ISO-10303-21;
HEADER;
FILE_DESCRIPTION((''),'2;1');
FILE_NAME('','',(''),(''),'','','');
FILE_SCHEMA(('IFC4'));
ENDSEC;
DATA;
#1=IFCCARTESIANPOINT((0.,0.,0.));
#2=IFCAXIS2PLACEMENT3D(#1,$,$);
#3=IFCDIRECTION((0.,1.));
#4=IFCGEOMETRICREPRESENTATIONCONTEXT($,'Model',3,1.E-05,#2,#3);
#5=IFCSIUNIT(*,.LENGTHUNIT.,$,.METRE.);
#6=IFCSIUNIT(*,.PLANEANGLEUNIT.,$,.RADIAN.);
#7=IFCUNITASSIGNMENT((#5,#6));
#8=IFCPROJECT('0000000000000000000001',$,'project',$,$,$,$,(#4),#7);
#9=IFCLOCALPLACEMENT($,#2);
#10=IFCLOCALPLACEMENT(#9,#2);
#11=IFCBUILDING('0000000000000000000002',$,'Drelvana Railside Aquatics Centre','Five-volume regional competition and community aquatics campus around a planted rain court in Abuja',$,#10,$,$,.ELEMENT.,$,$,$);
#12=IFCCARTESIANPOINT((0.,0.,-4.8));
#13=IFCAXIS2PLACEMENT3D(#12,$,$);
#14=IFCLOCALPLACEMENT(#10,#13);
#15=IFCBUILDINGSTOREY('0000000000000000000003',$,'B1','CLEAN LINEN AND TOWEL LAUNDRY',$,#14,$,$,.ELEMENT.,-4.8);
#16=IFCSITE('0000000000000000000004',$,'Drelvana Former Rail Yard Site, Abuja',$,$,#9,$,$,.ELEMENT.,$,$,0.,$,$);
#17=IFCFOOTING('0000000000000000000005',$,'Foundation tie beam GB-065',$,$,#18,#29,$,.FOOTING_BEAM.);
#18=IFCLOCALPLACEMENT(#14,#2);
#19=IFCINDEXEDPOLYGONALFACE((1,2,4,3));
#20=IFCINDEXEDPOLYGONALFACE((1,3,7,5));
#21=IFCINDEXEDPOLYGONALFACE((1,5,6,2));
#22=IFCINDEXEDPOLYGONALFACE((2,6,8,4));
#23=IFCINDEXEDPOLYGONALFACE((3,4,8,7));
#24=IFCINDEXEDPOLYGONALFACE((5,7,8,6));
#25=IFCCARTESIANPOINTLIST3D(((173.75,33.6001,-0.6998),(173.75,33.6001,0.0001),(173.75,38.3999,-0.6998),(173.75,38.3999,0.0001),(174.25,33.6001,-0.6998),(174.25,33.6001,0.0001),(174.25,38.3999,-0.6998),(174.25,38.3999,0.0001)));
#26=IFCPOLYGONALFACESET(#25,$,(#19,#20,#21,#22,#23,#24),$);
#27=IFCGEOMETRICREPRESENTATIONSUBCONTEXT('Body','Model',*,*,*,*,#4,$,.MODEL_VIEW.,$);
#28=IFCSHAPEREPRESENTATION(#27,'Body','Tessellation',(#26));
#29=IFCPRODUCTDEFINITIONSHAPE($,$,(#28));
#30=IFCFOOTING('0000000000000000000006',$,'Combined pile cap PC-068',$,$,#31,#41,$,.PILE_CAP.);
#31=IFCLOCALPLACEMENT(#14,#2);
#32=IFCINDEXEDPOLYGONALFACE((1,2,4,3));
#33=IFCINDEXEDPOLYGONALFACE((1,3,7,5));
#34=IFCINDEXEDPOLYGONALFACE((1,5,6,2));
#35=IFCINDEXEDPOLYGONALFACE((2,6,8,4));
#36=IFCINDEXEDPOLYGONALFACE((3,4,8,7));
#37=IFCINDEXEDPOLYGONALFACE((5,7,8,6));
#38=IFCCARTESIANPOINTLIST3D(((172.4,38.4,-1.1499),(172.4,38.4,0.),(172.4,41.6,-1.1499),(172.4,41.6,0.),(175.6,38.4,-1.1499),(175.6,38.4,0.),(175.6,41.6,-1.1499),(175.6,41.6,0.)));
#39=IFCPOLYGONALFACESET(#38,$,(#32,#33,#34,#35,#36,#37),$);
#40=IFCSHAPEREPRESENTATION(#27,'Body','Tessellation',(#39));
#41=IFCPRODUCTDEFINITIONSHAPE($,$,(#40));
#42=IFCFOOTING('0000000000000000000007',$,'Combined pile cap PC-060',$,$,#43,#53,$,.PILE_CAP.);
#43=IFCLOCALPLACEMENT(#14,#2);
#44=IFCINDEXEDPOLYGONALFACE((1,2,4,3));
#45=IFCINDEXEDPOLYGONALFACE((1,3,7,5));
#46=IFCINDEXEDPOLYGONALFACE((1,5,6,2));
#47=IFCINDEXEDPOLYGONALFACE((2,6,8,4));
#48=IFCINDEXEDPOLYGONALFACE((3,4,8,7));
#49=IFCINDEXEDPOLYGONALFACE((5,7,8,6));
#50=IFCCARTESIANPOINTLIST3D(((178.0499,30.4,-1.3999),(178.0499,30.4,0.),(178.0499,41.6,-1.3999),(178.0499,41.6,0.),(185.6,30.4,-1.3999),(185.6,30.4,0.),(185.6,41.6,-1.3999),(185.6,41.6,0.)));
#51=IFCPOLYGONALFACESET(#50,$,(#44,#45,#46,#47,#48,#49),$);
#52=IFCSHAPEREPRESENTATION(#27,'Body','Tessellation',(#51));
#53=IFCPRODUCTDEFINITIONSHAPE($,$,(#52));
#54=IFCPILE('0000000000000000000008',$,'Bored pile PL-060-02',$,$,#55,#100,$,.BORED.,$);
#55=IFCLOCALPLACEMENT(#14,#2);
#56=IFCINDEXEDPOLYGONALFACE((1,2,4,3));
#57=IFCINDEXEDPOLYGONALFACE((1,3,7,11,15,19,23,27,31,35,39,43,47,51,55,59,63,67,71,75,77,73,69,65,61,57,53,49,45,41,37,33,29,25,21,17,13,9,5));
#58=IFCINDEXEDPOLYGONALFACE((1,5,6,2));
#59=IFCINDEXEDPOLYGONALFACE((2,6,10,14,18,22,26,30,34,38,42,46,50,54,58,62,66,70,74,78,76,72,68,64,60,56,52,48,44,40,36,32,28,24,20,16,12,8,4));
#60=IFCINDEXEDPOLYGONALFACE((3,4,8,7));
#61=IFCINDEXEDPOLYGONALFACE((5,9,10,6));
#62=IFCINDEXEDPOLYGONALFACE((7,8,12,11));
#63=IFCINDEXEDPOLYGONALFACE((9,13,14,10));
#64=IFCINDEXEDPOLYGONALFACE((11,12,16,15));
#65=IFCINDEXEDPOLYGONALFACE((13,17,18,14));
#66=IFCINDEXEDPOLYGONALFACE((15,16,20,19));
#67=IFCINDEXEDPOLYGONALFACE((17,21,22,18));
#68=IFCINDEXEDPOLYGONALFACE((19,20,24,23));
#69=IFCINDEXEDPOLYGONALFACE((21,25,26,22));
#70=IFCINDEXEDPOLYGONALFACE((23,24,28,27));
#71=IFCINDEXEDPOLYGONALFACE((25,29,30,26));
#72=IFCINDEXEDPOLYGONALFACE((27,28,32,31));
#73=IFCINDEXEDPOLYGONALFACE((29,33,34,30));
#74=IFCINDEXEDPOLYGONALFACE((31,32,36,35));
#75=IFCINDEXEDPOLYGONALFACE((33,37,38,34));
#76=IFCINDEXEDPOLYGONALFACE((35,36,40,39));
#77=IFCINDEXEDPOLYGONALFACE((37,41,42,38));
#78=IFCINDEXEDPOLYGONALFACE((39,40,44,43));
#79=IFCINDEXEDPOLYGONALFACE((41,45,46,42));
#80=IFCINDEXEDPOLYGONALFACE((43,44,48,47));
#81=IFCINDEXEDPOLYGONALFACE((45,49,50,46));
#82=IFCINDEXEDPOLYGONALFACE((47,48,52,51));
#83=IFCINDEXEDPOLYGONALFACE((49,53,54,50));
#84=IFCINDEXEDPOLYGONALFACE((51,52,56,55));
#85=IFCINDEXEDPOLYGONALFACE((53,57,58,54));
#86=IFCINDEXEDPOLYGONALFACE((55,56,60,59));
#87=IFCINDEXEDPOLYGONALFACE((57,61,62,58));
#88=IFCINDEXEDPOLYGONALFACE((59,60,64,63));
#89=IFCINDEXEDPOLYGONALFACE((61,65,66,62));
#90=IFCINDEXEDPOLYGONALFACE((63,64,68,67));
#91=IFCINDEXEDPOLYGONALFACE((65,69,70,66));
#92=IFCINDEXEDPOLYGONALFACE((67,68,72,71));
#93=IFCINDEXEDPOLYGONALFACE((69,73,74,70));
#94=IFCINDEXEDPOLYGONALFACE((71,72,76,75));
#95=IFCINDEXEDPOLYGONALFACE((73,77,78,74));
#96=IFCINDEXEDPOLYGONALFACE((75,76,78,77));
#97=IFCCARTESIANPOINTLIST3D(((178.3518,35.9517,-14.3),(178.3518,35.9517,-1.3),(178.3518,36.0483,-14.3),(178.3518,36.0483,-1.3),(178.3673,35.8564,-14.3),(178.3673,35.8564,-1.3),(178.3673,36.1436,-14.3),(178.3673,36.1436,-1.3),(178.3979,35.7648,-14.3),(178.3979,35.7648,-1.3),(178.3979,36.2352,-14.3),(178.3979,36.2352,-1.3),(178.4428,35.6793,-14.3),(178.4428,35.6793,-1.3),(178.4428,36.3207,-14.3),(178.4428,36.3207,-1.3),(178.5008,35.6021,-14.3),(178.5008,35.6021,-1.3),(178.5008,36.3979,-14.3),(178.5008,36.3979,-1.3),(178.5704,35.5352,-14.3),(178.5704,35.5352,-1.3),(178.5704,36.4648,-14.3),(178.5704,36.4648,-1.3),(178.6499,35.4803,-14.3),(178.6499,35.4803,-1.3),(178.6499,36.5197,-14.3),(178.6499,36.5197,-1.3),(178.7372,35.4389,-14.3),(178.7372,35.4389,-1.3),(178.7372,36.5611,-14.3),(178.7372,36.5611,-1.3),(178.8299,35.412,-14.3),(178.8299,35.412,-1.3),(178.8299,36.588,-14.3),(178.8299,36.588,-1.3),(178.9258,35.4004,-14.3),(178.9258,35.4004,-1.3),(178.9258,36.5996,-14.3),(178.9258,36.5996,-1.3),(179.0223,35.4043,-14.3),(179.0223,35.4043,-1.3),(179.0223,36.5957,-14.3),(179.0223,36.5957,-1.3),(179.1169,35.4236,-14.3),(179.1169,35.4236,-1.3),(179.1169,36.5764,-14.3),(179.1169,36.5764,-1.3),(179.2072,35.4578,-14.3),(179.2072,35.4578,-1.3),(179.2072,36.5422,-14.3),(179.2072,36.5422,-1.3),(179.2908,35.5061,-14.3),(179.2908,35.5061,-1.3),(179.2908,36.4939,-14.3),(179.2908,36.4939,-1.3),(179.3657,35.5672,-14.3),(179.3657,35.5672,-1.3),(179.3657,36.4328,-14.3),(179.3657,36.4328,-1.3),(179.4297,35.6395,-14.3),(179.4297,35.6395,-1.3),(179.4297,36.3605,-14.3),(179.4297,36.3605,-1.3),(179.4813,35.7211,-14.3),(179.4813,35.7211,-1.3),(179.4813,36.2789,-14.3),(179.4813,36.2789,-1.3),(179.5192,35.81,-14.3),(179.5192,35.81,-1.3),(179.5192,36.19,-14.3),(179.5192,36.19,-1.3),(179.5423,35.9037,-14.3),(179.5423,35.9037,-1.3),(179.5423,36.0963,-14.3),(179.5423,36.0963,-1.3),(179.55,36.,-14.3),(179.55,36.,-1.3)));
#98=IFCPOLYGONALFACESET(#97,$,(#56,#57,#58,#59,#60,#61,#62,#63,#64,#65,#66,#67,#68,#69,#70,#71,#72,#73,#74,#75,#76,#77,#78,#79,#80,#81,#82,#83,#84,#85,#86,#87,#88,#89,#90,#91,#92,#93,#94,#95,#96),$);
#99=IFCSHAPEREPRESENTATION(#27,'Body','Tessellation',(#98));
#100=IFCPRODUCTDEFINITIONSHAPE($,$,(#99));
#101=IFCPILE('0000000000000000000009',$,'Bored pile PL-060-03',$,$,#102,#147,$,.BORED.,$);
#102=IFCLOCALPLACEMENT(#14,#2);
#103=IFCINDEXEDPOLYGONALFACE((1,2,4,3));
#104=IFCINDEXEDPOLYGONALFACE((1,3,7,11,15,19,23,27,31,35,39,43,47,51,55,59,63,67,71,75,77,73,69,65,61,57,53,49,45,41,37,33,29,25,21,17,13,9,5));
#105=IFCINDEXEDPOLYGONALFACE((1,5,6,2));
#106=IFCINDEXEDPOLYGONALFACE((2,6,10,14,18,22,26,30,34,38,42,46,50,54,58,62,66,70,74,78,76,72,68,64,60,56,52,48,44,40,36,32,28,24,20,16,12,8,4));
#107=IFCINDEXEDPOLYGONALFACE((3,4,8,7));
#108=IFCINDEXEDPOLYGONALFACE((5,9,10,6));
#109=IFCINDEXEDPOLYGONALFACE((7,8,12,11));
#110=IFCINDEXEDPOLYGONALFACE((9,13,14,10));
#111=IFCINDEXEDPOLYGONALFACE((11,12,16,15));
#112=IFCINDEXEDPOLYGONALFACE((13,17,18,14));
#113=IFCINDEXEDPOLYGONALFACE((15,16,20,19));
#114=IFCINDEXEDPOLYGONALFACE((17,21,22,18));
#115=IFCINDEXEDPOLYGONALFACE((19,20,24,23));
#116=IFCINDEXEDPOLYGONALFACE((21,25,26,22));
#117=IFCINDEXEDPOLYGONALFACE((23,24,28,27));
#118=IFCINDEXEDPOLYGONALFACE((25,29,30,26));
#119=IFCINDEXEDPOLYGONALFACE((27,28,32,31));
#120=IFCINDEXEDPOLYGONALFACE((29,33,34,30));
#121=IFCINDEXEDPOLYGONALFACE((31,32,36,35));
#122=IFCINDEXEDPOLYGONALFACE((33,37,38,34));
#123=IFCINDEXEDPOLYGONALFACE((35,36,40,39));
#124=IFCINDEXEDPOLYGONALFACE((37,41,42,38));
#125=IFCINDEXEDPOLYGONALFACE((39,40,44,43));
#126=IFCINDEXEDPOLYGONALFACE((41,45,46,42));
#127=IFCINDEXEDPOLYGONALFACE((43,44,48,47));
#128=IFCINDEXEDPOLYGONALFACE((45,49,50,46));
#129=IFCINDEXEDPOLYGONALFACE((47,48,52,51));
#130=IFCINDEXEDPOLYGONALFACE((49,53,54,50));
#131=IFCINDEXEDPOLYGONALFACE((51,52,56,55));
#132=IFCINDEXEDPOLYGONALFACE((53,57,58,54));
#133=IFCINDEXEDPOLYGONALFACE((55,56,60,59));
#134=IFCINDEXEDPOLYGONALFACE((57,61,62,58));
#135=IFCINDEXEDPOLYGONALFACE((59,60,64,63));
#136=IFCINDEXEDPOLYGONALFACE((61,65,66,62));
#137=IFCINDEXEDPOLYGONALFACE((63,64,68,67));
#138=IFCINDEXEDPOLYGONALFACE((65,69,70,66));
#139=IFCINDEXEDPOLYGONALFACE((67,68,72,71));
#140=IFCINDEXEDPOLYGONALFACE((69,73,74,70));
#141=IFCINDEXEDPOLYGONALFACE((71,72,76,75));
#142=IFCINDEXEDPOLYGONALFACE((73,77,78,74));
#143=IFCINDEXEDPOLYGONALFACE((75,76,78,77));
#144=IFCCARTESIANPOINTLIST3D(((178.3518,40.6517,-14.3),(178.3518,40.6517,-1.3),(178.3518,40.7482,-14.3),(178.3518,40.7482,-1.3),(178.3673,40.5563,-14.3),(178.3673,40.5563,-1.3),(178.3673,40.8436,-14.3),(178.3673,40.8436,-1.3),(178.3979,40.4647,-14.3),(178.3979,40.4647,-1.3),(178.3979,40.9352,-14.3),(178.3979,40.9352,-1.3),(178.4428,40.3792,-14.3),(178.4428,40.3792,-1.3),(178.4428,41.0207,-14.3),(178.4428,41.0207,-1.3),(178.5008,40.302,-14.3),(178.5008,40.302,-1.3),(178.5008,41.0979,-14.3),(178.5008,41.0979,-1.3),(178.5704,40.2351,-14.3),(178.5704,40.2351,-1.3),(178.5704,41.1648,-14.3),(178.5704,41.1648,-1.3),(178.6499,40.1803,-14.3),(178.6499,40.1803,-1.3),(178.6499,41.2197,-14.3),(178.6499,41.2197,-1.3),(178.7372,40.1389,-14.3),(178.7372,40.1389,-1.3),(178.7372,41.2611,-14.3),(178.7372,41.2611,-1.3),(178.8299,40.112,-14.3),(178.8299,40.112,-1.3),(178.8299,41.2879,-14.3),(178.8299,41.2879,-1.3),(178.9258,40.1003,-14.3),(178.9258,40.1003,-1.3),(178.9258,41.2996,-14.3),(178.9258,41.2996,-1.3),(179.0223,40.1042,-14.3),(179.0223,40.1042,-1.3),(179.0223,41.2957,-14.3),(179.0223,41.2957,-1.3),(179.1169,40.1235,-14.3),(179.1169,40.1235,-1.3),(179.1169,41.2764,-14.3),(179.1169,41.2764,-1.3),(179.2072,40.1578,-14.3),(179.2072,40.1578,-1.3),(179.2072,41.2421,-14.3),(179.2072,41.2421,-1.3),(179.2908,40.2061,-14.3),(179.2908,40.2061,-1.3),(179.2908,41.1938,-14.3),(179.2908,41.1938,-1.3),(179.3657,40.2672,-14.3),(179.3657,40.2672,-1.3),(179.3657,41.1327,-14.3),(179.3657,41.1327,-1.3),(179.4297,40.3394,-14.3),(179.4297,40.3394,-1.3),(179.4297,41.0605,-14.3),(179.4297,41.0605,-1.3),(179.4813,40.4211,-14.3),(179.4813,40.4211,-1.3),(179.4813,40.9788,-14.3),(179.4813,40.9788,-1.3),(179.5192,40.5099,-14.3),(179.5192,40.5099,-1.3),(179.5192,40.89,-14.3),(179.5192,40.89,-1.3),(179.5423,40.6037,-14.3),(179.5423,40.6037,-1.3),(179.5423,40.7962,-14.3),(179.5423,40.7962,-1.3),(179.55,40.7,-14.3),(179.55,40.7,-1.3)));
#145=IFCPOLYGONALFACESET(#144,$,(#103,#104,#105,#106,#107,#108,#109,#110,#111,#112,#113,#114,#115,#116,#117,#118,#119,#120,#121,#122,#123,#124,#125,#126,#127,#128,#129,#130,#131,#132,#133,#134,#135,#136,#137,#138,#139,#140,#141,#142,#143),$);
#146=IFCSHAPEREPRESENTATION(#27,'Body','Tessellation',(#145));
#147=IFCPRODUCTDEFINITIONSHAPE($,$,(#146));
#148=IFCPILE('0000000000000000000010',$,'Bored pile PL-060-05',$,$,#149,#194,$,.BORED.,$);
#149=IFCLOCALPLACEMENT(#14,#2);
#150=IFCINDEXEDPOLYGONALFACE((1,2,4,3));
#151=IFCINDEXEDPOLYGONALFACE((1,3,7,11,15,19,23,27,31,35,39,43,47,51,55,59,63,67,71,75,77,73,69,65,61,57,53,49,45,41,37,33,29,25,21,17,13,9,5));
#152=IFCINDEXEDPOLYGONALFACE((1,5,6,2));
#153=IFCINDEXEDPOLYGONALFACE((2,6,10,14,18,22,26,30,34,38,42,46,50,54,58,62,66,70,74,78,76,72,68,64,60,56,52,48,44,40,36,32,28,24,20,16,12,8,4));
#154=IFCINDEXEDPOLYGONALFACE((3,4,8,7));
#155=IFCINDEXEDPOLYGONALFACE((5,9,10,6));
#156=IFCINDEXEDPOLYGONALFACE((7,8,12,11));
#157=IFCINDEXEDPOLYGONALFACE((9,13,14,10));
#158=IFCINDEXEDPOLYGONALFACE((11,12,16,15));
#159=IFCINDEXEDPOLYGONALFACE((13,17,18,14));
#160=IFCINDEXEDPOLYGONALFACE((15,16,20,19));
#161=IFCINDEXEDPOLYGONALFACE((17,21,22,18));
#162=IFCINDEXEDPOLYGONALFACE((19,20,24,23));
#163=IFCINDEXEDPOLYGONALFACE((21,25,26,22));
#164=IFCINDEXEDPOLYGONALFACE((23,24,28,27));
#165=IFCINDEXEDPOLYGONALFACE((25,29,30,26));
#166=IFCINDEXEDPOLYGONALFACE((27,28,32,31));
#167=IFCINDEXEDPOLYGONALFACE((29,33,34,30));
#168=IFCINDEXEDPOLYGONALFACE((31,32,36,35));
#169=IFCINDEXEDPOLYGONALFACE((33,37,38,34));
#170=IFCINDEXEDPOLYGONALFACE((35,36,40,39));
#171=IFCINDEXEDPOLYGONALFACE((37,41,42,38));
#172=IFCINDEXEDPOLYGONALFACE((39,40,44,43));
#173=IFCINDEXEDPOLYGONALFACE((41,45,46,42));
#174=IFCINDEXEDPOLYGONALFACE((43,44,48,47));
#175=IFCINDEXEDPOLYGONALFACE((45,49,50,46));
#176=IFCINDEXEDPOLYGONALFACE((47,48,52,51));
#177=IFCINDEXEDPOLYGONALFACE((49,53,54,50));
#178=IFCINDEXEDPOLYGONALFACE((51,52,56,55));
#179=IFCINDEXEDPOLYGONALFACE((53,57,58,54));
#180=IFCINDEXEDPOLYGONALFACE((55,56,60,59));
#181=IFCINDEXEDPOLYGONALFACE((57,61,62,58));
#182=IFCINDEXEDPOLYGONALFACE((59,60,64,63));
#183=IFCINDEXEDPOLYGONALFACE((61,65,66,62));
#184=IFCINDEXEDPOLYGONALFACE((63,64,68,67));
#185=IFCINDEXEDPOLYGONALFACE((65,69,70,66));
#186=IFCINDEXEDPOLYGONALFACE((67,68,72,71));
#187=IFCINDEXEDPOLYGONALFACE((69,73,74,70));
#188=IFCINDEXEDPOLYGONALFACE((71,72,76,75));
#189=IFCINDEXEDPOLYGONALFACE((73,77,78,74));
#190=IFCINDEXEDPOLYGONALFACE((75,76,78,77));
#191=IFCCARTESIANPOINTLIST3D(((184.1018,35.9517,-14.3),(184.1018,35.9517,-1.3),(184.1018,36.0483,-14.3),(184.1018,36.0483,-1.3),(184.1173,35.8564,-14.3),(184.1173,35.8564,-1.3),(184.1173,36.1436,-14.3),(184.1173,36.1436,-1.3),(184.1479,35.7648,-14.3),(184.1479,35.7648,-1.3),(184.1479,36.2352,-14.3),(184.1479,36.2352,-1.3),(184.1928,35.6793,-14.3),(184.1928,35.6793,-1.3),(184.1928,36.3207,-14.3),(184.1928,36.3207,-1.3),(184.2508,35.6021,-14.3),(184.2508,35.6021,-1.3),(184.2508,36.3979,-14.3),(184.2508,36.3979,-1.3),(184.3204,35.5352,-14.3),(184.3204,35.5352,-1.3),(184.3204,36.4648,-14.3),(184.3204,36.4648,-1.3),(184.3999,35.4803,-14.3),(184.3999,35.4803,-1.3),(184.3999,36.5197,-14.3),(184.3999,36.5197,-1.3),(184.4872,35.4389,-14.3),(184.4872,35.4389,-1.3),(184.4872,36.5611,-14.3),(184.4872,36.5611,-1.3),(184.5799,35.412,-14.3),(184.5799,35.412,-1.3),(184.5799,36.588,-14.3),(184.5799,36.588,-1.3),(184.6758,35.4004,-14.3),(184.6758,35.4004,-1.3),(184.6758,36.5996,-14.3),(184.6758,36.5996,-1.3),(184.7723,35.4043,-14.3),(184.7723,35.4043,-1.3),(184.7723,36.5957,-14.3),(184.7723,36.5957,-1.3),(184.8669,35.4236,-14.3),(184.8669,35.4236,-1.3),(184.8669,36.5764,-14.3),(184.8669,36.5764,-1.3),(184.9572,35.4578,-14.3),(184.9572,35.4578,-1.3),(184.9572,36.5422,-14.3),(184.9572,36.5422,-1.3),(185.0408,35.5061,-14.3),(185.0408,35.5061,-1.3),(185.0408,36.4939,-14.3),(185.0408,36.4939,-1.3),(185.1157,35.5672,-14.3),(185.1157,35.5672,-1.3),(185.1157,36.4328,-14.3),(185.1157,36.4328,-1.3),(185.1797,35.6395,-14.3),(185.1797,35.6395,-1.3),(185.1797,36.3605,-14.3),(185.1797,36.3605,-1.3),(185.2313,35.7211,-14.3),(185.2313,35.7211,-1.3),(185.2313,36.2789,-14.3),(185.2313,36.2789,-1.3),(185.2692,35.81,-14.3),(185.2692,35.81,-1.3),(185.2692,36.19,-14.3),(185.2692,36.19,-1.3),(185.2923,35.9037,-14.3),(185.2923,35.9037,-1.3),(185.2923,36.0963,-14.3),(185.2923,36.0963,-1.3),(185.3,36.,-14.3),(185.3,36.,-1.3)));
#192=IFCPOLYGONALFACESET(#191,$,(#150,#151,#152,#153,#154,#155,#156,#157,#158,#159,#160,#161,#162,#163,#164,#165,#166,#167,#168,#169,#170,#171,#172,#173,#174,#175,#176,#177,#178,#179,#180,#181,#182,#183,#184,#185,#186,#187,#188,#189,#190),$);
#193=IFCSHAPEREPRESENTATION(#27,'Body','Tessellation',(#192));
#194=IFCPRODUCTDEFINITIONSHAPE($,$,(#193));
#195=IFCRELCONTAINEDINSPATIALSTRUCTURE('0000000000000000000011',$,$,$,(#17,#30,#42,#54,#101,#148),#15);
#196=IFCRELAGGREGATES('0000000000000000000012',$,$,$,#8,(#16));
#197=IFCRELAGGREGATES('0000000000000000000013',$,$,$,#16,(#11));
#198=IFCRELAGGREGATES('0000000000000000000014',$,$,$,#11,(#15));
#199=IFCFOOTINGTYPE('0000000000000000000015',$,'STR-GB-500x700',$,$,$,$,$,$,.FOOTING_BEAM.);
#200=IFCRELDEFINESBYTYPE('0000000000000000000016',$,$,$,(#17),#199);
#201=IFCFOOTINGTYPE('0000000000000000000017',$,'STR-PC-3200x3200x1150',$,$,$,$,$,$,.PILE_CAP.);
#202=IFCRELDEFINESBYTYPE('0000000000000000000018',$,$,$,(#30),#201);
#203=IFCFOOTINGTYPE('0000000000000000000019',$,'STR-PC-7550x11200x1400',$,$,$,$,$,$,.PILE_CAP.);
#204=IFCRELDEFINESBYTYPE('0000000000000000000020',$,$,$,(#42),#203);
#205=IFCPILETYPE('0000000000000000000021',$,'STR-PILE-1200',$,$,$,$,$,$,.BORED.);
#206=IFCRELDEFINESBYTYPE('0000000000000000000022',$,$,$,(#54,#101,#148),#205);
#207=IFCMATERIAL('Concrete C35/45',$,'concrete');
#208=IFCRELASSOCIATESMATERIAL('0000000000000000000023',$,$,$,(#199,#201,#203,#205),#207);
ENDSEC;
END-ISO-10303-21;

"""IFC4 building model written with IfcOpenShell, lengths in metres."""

from ifc_helpers import new_model, si_unit, direction, frame, origin, origin_2d, place, context, subcontext, project, spatial, rectangle, circle, extrude, material, material_profile, profile_set, type_object, element, save


model = new_model("IFC4")

# Units and contexts
model_context = context("Model", 3, precision=1e-05, world=origin(), true_north=direction((0.0, 1.0)))
body_context = subcontext(model_context, "Body", "Model", "MODEL_VIEW")
ifc_project = project(units=[si_unit("LENGTHUNIT", "METRE"), si_unit("PLANEANGLEUNIT", "RADIAN")], contexts=[model_context])

# Site, building, storey
site_placement = place(None, origin())
site = spatial("IfcSite", under=ifc_project, at=site_placement, Name="Drelvana Former Rail Yard Site, Abuja", CompositionType="ELEMENT", RefElevation=0.0)
building_placement = place(site_placement, origin())
building = spatial("IfcBuilding", under=site, at=building_placement, Name="Drelvana Railside Aquatics Centre", Description="Five-volume regional competition and community aquatics campus around a planted rain court in Abuja", CompositionType="ELEMENT")
storey_placement = place(building_placement, frame((0.0, 0.0, -4.8)))
storey = spatial("IfcBuildingStorey", under=building, at=storey_placement, Name="B1", Description="CLEAN LINEN AND TOWEL LAUNDRY", CompositionType="ELEMENT", Elevation=-4.8)

# Footings
ifc_material_1 = material(Name="Concrete C35/45", Category="concrete")
ifc_material_profile_1 = material_profile(ifc_material_1, rectangle(XDim=0.5, YDim=0.7, at=origin_2d()), Name="GB 500x700")
ifc_profile_set_1 = profile_set([ifc_material_profile_1], Name="Concrete C35/45")
footing_type_1 = type_object("IfcFootingType", Name="STR-GB-500x700", PredefinedType="FOOTING_BEAM", material=ifc_profile_set_1)
footing_1_placement = place(storey_placement, frame((174.0, 33.6001, -0.3499), z_axis=(0.0, 1.0, 0.0), x_axis=(-1.0, 0.0, 0.0)))
element("IfcFooting", 1, at=footing_1_placement, inside=storey, type_object=footing_type_1, Name="Foundation tie beam GB-065", PredefinedType="FOOTING_BEAM", context=body_context, shape_type="SweptSolid", body=[
    extrude(rectangle(XDim=0.5, YDim=0.7, at=origin_2d()), origin(), (0.0, 0.0, 1.0), 4.7998),
])
footing_type_2 = type_object("IfcFootingType", Name="STR-PC-3200x3200x1150", PredefinedType="PILE_CAP", material=ifc_material_1)
footing_2_placement = place(storey_placement, frame((174.0, 40.0, -1.1499), z_axis=(0.0, 0.0, 1.0), x_axis=(1.0, 0.0, 0.0)))
element("IfcFooting", 2, at=footing_2_placement, inside=storey, type_object=footing_type_2, Name="Combined pile cap PC-068", PredefinedType="PILE_CAP", context=body_context, shape_type="SweptSolid", body=[
    extrude(rectangle(XDim=3.2, YDim=3.2, at=origin_2d()), origin(), (0.0, 0.0, 1.0), 1.1499),
])
footing_type_3 = type_object("IfcFootingType", Name="STR-PC-7550x11200x1400", PredefinedType="PILE_CAP", material=ifc_material_1)
footing_3_placement = place(storey_placement, frame((181.825, 36.0, -1.3999), z_axis=(0.0, 0.0, 1.0), x_axis=(1.0, 0.0, 0.0)))
element("IfcFooting", 3, at=footing_3_placement, inside=storey, type_object=footing_type_3, Name="Combined pile cap PC-060", PredefinedType="PILE_CAP", context=body_context, shape_type="SweptSolid", body=[
    extrude(rectangle(XDim=7.55, YDim=11.2, at=origin_2d()), origin(), (0.0, 0.0, 1.0), 1.3999),
])

# Piles
ifc_material_profile_2 = material_profile(ifc_material_1, circle(Radius=0.6001, at=origin_2d()), Name="PILE D1200")
ifc_profile_set_2 = profile_set([ifc_material_profile_2], Name="Concrete C35/45")
pile_type_1 = type_object("IfcPileType", Name="STR-PILE-1200", PredefinedType="BORED", material=ifc_profile_set_2)
for number, where, z_axis, x_axis, name in (
    (4, (178.95, 36.0, -1.3), (0.0, 0.0, -1.0), (1.0, 0.0, 0.0), "Bored pile PL-060-02"),
    (5, (178.95, 40.7, -1.3), (0.0, 0.0, -1.0), (1.0, 0.0, 0.0), "Bored pile PL-060-03"),
    (6, (184.7, 36.0, -1.3), (0.0, 0.0, -1.0), (1.0, 0.0, 0.0), "Bored pile PL-060-05"),
):
    element("IfcPile", number, at=place(storey_placement, frame(where, z_axis=z_axis, x_axis=x_axis)), inside=storey, type_object=pile_type_1, Name=name, PredefinedType="BORED", context=body_context, shape_type="SweptSolid", body=[
        extrude(circle(Radius=0.6001, at=origin_2d()), origin(), (0.0, 0.0, 1.0), 13.0),
    ])

save(model, "model.ifc")
